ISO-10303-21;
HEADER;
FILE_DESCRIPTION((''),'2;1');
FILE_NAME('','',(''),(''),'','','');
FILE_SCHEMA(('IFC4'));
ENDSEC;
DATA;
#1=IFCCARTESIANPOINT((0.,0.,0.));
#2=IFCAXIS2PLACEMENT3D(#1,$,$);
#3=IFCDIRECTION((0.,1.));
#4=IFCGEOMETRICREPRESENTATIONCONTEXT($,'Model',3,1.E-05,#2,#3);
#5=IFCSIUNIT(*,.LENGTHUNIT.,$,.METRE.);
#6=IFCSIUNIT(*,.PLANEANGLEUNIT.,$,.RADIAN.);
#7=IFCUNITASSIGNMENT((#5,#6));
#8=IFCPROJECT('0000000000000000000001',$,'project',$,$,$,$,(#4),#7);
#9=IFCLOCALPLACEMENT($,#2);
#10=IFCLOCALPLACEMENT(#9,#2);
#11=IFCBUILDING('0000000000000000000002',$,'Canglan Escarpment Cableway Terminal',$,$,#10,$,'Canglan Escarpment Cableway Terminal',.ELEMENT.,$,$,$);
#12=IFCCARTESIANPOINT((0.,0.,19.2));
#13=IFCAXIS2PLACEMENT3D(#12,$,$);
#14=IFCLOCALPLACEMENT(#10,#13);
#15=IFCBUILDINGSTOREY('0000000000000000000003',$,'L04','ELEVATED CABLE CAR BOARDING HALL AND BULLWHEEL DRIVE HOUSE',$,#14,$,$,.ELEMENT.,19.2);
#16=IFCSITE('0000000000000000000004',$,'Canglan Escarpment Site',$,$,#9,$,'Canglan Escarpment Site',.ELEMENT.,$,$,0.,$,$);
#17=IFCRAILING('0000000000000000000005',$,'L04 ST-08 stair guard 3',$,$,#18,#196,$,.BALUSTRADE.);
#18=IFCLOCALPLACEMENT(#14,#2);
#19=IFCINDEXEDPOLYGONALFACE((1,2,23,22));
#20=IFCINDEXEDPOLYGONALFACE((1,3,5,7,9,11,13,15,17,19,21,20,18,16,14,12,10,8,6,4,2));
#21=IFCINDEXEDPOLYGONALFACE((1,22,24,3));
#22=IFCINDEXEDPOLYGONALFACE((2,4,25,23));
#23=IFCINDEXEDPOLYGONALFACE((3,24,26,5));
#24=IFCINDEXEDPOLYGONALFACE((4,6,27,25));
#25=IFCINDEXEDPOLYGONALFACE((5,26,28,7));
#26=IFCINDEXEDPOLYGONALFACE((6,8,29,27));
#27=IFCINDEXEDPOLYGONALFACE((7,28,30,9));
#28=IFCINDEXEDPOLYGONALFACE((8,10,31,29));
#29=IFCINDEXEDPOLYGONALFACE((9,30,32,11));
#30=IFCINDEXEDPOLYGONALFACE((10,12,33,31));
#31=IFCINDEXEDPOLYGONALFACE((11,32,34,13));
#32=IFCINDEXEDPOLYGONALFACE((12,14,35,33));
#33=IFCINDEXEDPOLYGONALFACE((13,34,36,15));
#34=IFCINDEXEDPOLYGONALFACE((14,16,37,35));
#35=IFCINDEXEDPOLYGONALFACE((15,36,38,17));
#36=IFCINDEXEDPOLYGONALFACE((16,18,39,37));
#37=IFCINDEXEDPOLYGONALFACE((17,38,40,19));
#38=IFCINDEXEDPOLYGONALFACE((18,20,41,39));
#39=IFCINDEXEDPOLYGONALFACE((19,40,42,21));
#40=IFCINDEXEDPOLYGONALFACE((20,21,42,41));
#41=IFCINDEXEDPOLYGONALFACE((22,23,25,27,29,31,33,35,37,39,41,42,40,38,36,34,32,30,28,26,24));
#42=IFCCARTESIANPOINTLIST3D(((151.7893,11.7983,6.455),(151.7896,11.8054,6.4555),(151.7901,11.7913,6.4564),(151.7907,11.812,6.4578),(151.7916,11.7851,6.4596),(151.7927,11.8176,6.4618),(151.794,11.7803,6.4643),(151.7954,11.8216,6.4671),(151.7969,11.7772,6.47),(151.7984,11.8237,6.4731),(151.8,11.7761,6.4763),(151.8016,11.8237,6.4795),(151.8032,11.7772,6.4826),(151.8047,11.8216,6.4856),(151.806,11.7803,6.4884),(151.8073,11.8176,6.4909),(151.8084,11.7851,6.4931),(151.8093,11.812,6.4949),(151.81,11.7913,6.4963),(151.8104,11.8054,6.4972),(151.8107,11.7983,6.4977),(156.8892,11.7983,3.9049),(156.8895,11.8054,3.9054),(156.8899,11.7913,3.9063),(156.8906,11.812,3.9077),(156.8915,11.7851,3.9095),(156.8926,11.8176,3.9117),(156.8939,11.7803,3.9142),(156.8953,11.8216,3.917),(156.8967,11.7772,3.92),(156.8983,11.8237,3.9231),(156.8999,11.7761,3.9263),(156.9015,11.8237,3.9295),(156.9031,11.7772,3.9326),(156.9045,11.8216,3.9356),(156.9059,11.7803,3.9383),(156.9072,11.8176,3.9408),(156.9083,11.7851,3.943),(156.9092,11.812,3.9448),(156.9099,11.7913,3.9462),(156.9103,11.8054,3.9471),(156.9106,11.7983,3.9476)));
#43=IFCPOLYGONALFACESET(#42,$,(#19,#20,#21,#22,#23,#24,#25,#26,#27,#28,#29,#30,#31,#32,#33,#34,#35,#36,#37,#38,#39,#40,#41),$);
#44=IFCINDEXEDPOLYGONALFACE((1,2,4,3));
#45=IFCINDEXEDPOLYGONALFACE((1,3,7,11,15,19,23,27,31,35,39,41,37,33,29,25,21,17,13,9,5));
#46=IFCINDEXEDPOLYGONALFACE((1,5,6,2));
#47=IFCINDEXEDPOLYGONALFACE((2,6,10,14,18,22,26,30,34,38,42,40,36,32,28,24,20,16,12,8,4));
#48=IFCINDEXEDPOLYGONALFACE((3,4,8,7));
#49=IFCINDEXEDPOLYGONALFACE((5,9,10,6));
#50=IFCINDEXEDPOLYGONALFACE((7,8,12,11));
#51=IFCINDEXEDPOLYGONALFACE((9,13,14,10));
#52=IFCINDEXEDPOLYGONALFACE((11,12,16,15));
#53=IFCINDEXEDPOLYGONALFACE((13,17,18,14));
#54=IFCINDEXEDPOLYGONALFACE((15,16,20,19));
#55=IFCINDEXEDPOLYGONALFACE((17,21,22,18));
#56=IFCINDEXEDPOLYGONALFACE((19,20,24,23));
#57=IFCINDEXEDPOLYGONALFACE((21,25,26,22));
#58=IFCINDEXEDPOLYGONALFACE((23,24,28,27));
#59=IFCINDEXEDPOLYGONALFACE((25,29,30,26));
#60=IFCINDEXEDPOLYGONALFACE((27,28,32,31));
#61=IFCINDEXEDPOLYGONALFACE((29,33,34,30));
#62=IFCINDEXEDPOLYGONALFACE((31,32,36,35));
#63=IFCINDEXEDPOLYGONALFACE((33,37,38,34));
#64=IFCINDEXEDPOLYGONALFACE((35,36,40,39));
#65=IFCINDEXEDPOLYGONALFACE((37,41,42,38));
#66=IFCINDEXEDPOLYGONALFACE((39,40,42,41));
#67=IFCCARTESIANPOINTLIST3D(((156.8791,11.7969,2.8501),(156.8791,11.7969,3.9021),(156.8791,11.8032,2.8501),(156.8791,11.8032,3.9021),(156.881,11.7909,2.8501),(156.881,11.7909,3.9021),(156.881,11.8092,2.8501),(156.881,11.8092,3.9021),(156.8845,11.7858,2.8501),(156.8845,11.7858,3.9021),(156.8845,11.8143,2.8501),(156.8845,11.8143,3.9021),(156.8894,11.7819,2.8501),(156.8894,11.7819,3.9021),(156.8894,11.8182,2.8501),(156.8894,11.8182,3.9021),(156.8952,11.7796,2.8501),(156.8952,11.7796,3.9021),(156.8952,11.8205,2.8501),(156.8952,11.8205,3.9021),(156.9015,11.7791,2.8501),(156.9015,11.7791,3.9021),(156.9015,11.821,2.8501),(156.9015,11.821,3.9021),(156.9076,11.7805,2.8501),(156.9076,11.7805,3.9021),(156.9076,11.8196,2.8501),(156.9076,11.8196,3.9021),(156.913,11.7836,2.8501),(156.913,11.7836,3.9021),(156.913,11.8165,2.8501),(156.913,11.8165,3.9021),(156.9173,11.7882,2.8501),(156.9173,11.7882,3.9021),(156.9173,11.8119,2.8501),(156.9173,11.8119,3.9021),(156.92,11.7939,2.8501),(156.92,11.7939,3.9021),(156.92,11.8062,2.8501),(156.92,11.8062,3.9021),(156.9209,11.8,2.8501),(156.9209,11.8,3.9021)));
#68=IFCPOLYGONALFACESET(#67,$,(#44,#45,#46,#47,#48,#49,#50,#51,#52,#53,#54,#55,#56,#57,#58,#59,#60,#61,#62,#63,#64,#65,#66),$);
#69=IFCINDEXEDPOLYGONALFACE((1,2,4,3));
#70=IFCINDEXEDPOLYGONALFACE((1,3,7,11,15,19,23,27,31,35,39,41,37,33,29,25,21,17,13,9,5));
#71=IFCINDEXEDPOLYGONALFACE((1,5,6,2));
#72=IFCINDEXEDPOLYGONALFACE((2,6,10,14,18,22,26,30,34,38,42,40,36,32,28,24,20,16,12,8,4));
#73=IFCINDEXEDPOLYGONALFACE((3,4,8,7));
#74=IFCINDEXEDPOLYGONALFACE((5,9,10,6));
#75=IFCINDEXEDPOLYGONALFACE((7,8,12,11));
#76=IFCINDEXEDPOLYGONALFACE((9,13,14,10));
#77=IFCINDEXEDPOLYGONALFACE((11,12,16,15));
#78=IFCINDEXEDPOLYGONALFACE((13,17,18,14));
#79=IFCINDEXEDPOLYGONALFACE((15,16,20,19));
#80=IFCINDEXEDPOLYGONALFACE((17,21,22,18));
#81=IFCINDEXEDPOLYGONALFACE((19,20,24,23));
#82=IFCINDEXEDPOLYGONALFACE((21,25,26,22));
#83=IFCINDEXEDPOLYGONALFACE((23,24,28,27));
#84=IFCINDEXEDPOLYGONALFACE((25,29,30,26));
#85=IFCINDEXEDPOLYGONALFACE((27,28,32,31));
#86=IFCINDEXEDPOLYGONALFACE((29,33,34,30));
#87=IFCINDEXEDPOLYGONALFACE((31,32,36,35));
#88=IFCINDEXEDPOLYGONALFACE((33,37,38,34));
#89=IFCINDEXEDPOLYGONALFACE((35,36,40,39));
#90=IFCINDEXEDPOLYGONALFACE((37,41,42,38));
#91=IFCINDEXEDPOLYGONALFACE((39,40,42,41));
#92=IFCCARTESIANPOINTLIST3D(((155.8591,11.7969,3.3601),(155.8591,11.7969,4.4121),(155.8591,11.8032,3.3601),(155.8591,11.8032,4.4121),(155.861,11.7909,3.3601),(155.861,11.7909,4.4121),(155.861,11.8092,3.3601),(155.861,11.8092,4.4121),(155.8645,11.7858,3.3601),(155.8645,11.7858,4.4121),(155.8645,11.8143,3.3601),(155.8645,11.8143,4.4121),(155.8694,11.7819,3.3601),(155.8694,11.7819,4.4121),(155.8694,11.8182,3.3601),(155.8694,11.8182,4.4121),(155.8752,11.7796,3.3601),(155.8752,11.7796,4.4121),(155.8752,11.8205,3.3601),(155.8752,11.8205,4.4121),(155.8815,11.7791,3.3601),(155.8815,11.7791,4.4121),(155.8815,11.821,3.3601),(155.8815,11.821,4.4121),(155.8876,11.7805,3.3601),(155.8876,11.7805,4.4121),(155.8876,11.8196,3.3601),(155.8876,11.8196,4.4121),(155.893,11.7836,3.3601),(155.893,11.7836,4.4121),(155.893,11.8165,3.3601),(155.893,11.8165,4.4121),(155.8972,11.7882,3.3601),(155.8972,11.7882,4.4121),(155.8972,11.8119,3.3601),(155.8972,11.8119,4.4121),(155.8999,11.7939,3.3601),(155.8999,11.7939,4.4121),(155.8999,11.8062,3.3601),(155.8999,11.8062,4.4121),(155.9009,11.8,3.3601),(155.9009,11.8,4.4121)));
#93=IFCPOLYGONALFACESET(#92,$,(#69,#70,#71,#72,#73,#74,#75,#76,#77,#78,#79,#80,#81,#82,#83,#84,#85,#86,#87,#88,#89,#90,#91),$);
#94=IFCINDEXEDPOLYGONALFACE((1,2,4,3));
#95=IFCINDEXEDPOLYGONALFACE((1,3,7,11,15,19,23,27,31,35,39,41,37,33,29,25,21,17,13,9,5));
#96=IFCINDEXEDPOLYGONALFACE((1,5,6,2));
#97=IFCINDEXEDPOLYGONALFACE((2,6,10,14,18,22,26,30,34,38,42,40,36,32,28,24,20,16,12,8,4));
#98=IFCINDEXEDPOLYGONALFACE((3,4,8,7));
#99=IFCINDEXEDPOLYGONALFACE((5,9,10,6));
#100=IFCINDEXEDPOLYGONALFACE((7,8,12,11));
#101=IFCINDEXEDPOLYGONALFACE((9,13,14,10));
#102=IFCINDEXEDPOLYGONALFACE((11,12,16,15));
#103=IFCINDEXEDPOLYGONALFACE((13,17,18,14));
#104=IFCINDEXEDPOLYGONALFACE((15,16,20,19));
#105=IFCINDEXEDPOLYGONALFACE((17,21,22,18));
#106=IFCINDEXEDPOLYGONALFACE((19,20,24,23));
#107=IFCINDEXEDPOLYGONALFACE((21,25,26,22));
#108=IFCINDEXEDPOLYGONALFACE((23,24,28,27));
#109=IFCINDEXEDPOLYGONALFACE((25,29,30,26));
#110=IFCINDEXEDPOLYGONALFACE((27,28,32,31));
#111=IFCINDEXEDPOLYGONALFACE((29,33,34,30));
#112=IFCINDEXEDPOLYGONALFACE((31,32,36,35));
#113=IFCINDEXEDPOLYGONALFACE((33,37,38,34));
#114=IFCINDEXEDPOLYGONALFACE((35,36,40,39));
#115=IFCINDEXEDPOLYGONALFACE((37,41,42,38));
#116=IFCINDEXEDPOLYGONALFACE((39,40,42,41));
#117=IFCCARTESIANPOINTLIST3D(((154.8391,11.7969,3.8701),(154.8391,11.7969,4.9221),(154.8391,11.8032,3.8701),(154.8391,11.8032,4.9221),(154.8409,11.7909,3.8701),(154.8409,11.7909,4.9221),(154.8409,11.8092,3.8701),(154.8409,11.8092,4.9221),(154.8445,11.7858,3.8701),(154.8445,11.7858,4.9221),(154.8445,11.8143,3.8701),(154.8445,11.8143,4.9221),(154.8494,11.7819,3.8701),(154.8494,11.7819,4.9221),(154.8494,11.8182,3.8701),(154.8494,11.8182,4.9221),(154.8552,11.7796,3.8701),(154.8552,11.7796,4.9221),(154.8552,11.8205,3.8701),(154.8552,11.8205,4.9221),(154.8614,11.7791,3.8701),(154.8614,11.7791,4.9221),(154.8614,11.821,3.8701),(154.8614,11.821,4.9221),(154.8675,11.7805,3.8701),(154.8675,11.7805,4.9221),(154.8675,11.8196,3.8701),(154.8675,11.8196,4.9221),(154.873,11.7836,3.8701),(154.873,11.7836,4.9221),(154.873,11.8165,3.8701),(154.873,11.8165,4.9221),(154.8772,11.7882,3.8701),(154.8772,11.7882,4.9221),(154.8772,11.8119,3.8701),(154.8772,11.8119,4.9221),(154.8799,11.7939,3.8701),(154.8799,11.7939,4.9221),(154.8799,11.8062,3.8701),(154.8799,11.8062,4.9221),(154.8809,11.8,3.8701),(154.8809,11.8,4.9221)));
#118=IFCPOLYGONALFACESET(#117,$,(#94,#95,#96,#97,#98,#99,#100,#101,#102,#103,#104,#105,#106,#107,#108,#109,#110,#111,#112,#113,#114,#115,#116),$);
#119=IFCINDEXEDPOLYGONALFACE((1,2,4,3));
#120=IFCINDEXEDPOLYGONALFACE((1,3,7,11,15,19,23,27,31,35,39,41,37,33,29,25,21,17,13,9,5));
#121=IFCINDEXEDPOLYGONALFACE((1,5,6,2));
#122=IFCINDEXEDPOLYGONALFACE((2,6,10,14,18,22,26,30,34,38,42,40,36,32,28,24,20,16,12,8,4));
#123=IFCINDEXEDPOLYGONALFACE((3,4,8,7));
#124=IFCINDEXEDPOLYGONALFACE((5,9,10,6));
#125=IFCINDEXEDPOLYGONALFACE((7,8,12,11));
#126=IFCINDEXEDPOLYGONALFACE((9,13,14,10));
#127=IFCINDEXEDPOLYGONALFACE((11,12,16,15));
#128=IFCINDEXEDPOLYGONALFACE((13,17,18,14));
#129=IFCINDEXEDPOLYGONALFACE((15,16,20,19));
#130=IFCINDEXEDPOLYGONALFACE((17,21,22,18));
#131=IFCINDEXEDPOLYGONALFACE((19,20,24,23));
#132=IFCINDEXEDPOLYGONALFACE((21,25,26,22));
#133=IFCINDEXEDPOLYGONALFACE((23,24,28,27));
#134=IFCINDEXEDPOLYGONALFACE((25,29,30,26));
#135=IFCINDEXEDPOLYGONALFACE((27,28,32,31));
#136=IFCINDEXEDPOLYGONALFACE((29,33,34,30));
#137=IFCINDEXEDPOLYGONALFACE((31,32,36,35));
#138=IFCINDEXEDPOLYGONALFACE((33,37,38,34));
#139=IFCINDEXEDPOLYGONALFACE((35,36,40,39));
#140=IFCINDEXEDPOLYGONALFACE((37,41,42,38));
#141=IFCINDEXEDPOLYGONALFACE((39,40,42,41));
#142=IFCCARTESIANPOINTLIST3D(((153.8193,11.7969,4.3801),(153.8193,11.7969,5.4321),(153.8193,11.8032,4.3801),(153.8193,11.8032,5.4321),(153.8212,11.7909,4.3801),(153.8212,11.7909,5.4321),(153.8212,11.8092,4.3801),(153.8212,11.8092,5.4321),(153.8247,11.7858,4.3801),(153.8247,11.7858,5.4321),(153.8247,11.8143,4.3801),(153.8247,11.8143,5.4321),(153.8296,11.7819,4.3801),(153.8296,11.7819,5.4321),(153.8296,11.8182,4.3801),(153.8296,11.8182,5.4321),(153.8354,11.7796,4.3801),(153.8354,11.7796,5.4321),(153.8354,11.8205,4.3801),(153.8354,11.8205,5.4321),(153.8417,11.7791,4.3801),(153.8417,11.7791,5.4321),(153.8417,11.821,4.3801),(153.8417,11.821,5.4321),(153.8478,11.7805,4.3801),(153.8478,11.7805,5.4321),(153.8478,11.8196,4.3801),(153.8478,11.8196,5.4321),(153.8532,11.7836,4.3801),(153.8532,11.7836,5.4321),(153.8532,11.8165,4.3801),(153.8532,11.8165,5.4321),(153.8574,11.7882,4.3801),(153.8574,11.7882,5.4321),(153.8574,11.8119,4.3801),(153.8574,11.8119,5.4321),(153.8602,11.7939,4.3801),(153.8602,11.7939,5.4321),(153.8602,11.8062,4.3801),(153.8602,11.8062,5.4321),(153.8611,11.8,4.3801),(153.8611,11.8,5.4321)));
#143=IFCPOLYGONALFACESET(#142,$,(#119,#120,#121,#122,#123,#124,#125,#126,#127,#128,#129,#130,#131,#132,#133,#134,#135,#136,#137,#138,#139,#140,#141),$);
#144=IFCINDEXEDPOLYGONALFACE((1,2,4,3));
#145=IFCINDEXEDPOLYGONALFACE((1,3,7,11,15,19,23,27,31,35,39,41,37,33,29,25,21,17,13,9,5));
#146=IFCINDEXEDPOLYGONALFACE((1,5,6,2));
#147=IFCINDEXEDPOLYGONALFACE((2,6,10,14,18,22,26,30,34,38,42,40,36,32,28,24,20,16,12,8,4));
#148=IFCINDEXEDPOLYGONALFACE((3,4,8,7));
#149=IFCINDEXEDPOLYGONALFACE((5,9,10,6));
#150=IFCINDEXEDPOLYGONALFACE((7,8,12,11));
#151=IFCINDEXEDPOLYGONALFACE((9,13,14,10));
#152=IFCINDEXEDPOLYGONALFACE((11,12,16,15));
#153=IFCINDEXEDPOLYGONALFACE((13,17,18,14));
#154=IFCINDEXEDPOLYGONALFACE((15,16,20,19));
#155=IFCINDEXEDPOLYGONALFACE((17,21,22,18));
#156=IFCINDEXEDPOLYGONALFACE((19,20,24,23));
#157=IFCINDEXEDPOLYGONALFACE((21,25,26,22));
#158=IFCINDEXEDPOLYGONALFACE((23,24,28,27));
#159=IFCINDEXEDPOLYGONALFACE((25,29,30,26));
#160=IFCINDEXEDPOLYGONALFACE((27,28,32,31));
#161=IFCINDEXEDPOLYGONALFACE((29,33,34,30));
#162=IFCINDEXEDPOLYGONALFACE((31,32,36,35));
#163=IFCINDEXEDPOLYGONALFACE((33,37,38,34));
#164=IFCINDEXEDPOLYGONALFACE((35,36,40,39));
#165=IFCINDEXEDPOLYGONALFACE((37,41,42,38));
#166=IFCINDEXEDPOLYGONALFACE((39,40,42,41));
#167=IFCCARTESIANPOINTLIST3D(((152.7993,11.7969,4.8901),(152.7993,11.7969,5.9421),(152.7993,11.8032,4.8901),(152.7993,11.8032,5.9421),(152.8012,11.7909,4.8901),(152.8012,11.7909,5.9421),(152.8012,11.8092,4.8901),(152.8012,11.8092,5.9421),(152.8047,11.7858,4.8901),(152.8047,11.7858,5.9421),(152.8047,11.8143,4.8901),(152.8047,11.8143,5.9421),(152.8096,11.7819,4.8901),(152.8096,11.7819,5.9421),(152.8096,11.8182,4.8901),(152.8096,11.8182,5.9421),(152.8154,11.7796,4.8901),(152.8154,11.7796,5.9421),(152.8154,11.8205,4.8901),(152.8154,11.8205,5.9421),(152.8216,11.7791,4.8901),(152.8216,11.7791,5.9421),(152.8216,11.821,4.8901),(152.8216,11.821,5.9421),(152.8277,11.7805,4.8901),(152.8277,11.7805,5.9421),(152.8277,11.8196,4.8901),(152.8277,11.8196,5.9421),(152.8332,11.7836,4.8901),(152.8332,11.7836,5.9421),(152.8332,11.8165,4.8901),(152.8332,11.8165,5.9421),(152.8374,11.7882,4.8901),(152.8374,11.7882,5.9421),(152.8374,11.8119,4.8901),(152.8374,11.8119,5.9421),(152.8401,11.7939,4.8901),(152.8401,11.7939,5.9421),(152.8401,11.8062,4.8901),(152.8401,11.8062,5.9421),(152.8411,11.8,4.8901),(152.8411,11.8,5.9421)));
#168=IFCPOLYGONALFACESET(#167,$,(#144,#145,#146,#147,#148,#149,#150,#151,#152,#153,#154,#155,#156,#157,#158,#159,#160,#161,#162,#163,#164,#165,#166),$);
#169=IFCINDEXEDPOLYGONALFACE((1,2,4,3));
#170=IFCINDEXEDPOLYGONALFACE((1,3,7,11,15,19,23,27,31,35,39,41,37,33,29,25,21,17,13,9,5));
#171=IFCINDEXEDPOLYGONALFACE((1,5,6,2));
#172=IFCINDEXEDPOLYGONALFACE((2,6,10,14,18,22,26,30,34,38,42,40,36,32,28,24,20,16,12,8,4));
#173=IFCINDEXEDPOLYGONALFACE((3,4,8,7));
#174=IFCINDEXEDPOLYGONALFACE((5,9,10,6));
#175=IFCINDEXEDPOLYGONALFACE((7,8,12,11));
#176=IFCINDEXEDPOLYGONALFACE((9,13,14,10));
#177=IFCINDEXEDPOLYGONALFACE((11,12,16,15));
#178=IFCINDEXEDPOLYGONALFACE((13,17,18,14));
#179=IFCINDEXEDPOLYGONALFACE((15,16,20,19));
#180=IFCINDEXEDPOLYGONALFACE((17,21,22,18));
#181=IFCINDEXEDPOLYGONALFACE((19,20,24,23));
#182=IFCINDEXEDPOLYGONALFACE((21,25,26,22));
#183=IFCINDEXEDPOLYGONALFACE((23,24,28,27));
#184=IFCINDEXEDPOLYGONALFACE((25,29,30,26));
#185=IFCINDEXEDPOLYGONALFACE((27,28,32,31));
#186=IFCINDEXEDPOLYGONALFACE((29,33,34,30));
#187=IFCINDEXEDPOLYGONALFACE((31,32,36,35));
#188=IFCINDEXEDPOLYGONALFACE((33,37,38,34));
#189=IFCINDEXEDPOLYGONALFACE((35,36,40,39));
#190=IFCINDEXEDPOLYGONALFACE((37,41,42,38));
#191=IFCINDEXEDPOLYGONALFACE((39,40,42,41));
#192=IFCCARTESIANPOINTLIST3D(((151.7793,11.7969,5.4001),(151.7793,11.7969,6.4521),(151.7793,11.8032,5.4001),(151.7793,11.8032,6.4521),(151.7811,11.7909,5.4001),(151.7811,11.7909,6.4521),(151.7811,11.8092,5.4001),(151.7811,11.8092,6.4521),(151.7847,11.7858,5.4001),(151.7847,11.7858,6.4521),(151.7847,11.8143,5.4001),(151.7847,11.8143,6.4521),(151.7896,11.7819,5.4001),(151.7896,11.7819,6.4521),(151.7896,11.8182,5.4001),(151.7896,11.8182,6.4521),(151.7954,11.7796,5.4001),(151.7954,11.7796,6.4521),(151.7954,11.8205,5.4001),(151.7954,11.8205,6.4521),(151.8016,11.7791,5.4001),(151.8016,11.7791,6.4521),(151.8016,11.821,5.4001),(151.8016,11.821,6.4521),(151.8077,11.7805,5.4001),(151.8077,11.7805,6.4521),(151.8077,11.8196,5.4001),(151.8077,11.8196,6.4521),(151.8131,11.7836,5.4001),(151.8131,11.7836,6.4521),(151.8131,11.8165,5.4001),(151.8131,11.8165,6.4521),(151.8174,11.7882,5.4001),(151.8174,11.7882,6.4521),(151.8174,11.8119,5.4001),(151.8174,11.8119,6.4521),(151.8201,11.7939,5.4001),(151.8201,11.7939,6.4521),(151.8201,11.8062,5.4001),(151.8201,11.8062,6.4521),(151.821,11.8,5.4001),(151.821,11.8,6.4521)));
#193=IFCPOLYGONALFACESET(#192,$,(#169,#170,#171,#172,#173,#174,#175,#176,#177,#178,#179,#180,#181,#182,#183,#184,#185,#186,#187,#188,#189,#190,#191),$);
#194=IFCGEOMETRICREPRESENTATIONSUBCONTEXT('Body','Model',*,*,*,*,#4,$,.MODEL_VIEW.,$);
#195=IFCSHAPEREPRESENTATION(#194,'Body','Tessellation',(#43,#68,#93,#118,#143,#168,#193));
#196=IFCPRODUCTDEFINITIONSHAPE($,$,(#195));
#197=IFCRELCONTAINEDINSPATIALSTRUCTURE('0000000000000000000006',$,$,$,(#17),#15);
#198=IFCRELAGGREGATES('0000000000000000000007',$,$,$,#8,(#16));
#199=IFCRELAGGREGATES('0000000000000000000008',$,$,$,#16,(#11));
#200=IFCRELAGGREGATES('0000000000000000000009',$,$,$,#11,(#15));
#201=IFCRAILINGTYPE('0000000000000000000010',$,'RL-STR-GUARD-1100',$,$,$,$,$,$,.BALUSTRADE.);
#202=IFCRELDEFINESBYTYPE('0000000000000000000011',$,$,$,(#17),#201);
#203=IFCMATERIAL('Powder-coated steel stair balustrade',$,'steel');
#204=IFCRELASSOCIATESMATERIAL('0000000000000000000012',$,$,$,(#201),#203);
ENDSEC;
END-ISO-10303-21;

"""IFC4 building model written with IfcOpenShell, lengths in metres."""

from ifc_helpers import new_model, si_unit, direction, frame, origin, origin_2d, place, context, subcontext, project, spatial, circle, extrude, material, type_object, element, save


model = new_model("IFC4")

# Units and contexts
model_context = context("Model", 3, precision=1e-05, world=origin(), true_north=direction((0.0, 1.0)))
body_context = subcontext(model_context, "Body", "Model", "MODEL_VIEW")
ifc_project = project(units=[si_unit("LENGTHUNIT", "METRE"), si_unit("PLANEANGLEUNIT", "RADIAN")], contexts=[model_context])

# Site, building, storey
site_placement = place(None, origin())
site = spatial("IfcSite", under=ifc_project, at=site_placement, Name="Canglan Escarpment Site", LongName="Canglan Escarpment Site", CompositionType="ELEMENT", RefElevation=0.0)
building_placement = place(site_placement, origin())
building = spatial("IfcBuilding", under=site, at=building_placement, Name="Canglan Escarpment Cableway Terminal", LongName="Canglan Escarpment Cableway Terminal", CompositionType="ELEMENT")
storey_placement = place(building_placement, frame((0.0, 0.0, 19.2)))
storey = spatial("IfcBuildingStorey", under=building, at=storey_placement, Name="L04", Description="ELEVATED CABLE CAR BOARDING HALL AND BULLWHEEL DRIVE HOUSE", CompositionType="ELEMENT", Elevation=19.2)

# Railing
ifc_material_1 = material(Name="Powder-coated steel stair balustrade", Category="steel")
railing_type_1 = type_object("IfcRailingType", Name="RL-STR-GUARD-1100", PredefinedType="BALUSTRADE", material=ifc_material_1)
railing_1_placement = place(storey_placement, frame((156.8999, 11.8, 2.8501)))
element("IfcRailing", 1, at=railing_1_placement, inside=storey, type_object=railing_type_1, Name="L04 ST-08 stair guard 3", PredefinedType="BALUSTRADE", context=body_context, shape_type="SweptSolid", body=[
    extrude(circle(Radius=0.0239, at=origin_2d()), frame((0.0, 0.0, 1.0762), z_axis=(-0.894419, 0.0, 0.447231), x_axis=(0.0, -1.0, 0.0)), (0.0, 0.0, 1.0), 5.7019),
    extrude(circle(Radius=0.021, at=origin_2d()), origin(), (0.0, 0.0, 1.0), 1.052),
    extrude(circle(Radius=0.021, at=origin_2d()), frame((-1.02, 0.0, 0.51)), (0.0, 0.0, 1.0), 1.052),
    extrude(circle(Radius=0.021, at=origin_2d()), frame((-2.04, 0.0, 1.02)), (0.0, 0.0, 1.0), 1.052),
    extrude(circle(Radius=0.021, at=origin_2d()), frame((-3.0598, 0.0, 1.53)), (0.0, 0.0, 1.0), 1.052),
    extrude(circle(Radius=0.021, at=origin_2d()), frame((-4.0798, 0.0, 2.04)), (0.0, 0.0, 1.0), 1.052),
    extrude(circle(Radius=0.021, at=origin_2d()), frame((-5.0999, 0.0, 2.55)), (0.0, 0.0, 1.0), 1.052),
])

save(model, "model.ifc")
